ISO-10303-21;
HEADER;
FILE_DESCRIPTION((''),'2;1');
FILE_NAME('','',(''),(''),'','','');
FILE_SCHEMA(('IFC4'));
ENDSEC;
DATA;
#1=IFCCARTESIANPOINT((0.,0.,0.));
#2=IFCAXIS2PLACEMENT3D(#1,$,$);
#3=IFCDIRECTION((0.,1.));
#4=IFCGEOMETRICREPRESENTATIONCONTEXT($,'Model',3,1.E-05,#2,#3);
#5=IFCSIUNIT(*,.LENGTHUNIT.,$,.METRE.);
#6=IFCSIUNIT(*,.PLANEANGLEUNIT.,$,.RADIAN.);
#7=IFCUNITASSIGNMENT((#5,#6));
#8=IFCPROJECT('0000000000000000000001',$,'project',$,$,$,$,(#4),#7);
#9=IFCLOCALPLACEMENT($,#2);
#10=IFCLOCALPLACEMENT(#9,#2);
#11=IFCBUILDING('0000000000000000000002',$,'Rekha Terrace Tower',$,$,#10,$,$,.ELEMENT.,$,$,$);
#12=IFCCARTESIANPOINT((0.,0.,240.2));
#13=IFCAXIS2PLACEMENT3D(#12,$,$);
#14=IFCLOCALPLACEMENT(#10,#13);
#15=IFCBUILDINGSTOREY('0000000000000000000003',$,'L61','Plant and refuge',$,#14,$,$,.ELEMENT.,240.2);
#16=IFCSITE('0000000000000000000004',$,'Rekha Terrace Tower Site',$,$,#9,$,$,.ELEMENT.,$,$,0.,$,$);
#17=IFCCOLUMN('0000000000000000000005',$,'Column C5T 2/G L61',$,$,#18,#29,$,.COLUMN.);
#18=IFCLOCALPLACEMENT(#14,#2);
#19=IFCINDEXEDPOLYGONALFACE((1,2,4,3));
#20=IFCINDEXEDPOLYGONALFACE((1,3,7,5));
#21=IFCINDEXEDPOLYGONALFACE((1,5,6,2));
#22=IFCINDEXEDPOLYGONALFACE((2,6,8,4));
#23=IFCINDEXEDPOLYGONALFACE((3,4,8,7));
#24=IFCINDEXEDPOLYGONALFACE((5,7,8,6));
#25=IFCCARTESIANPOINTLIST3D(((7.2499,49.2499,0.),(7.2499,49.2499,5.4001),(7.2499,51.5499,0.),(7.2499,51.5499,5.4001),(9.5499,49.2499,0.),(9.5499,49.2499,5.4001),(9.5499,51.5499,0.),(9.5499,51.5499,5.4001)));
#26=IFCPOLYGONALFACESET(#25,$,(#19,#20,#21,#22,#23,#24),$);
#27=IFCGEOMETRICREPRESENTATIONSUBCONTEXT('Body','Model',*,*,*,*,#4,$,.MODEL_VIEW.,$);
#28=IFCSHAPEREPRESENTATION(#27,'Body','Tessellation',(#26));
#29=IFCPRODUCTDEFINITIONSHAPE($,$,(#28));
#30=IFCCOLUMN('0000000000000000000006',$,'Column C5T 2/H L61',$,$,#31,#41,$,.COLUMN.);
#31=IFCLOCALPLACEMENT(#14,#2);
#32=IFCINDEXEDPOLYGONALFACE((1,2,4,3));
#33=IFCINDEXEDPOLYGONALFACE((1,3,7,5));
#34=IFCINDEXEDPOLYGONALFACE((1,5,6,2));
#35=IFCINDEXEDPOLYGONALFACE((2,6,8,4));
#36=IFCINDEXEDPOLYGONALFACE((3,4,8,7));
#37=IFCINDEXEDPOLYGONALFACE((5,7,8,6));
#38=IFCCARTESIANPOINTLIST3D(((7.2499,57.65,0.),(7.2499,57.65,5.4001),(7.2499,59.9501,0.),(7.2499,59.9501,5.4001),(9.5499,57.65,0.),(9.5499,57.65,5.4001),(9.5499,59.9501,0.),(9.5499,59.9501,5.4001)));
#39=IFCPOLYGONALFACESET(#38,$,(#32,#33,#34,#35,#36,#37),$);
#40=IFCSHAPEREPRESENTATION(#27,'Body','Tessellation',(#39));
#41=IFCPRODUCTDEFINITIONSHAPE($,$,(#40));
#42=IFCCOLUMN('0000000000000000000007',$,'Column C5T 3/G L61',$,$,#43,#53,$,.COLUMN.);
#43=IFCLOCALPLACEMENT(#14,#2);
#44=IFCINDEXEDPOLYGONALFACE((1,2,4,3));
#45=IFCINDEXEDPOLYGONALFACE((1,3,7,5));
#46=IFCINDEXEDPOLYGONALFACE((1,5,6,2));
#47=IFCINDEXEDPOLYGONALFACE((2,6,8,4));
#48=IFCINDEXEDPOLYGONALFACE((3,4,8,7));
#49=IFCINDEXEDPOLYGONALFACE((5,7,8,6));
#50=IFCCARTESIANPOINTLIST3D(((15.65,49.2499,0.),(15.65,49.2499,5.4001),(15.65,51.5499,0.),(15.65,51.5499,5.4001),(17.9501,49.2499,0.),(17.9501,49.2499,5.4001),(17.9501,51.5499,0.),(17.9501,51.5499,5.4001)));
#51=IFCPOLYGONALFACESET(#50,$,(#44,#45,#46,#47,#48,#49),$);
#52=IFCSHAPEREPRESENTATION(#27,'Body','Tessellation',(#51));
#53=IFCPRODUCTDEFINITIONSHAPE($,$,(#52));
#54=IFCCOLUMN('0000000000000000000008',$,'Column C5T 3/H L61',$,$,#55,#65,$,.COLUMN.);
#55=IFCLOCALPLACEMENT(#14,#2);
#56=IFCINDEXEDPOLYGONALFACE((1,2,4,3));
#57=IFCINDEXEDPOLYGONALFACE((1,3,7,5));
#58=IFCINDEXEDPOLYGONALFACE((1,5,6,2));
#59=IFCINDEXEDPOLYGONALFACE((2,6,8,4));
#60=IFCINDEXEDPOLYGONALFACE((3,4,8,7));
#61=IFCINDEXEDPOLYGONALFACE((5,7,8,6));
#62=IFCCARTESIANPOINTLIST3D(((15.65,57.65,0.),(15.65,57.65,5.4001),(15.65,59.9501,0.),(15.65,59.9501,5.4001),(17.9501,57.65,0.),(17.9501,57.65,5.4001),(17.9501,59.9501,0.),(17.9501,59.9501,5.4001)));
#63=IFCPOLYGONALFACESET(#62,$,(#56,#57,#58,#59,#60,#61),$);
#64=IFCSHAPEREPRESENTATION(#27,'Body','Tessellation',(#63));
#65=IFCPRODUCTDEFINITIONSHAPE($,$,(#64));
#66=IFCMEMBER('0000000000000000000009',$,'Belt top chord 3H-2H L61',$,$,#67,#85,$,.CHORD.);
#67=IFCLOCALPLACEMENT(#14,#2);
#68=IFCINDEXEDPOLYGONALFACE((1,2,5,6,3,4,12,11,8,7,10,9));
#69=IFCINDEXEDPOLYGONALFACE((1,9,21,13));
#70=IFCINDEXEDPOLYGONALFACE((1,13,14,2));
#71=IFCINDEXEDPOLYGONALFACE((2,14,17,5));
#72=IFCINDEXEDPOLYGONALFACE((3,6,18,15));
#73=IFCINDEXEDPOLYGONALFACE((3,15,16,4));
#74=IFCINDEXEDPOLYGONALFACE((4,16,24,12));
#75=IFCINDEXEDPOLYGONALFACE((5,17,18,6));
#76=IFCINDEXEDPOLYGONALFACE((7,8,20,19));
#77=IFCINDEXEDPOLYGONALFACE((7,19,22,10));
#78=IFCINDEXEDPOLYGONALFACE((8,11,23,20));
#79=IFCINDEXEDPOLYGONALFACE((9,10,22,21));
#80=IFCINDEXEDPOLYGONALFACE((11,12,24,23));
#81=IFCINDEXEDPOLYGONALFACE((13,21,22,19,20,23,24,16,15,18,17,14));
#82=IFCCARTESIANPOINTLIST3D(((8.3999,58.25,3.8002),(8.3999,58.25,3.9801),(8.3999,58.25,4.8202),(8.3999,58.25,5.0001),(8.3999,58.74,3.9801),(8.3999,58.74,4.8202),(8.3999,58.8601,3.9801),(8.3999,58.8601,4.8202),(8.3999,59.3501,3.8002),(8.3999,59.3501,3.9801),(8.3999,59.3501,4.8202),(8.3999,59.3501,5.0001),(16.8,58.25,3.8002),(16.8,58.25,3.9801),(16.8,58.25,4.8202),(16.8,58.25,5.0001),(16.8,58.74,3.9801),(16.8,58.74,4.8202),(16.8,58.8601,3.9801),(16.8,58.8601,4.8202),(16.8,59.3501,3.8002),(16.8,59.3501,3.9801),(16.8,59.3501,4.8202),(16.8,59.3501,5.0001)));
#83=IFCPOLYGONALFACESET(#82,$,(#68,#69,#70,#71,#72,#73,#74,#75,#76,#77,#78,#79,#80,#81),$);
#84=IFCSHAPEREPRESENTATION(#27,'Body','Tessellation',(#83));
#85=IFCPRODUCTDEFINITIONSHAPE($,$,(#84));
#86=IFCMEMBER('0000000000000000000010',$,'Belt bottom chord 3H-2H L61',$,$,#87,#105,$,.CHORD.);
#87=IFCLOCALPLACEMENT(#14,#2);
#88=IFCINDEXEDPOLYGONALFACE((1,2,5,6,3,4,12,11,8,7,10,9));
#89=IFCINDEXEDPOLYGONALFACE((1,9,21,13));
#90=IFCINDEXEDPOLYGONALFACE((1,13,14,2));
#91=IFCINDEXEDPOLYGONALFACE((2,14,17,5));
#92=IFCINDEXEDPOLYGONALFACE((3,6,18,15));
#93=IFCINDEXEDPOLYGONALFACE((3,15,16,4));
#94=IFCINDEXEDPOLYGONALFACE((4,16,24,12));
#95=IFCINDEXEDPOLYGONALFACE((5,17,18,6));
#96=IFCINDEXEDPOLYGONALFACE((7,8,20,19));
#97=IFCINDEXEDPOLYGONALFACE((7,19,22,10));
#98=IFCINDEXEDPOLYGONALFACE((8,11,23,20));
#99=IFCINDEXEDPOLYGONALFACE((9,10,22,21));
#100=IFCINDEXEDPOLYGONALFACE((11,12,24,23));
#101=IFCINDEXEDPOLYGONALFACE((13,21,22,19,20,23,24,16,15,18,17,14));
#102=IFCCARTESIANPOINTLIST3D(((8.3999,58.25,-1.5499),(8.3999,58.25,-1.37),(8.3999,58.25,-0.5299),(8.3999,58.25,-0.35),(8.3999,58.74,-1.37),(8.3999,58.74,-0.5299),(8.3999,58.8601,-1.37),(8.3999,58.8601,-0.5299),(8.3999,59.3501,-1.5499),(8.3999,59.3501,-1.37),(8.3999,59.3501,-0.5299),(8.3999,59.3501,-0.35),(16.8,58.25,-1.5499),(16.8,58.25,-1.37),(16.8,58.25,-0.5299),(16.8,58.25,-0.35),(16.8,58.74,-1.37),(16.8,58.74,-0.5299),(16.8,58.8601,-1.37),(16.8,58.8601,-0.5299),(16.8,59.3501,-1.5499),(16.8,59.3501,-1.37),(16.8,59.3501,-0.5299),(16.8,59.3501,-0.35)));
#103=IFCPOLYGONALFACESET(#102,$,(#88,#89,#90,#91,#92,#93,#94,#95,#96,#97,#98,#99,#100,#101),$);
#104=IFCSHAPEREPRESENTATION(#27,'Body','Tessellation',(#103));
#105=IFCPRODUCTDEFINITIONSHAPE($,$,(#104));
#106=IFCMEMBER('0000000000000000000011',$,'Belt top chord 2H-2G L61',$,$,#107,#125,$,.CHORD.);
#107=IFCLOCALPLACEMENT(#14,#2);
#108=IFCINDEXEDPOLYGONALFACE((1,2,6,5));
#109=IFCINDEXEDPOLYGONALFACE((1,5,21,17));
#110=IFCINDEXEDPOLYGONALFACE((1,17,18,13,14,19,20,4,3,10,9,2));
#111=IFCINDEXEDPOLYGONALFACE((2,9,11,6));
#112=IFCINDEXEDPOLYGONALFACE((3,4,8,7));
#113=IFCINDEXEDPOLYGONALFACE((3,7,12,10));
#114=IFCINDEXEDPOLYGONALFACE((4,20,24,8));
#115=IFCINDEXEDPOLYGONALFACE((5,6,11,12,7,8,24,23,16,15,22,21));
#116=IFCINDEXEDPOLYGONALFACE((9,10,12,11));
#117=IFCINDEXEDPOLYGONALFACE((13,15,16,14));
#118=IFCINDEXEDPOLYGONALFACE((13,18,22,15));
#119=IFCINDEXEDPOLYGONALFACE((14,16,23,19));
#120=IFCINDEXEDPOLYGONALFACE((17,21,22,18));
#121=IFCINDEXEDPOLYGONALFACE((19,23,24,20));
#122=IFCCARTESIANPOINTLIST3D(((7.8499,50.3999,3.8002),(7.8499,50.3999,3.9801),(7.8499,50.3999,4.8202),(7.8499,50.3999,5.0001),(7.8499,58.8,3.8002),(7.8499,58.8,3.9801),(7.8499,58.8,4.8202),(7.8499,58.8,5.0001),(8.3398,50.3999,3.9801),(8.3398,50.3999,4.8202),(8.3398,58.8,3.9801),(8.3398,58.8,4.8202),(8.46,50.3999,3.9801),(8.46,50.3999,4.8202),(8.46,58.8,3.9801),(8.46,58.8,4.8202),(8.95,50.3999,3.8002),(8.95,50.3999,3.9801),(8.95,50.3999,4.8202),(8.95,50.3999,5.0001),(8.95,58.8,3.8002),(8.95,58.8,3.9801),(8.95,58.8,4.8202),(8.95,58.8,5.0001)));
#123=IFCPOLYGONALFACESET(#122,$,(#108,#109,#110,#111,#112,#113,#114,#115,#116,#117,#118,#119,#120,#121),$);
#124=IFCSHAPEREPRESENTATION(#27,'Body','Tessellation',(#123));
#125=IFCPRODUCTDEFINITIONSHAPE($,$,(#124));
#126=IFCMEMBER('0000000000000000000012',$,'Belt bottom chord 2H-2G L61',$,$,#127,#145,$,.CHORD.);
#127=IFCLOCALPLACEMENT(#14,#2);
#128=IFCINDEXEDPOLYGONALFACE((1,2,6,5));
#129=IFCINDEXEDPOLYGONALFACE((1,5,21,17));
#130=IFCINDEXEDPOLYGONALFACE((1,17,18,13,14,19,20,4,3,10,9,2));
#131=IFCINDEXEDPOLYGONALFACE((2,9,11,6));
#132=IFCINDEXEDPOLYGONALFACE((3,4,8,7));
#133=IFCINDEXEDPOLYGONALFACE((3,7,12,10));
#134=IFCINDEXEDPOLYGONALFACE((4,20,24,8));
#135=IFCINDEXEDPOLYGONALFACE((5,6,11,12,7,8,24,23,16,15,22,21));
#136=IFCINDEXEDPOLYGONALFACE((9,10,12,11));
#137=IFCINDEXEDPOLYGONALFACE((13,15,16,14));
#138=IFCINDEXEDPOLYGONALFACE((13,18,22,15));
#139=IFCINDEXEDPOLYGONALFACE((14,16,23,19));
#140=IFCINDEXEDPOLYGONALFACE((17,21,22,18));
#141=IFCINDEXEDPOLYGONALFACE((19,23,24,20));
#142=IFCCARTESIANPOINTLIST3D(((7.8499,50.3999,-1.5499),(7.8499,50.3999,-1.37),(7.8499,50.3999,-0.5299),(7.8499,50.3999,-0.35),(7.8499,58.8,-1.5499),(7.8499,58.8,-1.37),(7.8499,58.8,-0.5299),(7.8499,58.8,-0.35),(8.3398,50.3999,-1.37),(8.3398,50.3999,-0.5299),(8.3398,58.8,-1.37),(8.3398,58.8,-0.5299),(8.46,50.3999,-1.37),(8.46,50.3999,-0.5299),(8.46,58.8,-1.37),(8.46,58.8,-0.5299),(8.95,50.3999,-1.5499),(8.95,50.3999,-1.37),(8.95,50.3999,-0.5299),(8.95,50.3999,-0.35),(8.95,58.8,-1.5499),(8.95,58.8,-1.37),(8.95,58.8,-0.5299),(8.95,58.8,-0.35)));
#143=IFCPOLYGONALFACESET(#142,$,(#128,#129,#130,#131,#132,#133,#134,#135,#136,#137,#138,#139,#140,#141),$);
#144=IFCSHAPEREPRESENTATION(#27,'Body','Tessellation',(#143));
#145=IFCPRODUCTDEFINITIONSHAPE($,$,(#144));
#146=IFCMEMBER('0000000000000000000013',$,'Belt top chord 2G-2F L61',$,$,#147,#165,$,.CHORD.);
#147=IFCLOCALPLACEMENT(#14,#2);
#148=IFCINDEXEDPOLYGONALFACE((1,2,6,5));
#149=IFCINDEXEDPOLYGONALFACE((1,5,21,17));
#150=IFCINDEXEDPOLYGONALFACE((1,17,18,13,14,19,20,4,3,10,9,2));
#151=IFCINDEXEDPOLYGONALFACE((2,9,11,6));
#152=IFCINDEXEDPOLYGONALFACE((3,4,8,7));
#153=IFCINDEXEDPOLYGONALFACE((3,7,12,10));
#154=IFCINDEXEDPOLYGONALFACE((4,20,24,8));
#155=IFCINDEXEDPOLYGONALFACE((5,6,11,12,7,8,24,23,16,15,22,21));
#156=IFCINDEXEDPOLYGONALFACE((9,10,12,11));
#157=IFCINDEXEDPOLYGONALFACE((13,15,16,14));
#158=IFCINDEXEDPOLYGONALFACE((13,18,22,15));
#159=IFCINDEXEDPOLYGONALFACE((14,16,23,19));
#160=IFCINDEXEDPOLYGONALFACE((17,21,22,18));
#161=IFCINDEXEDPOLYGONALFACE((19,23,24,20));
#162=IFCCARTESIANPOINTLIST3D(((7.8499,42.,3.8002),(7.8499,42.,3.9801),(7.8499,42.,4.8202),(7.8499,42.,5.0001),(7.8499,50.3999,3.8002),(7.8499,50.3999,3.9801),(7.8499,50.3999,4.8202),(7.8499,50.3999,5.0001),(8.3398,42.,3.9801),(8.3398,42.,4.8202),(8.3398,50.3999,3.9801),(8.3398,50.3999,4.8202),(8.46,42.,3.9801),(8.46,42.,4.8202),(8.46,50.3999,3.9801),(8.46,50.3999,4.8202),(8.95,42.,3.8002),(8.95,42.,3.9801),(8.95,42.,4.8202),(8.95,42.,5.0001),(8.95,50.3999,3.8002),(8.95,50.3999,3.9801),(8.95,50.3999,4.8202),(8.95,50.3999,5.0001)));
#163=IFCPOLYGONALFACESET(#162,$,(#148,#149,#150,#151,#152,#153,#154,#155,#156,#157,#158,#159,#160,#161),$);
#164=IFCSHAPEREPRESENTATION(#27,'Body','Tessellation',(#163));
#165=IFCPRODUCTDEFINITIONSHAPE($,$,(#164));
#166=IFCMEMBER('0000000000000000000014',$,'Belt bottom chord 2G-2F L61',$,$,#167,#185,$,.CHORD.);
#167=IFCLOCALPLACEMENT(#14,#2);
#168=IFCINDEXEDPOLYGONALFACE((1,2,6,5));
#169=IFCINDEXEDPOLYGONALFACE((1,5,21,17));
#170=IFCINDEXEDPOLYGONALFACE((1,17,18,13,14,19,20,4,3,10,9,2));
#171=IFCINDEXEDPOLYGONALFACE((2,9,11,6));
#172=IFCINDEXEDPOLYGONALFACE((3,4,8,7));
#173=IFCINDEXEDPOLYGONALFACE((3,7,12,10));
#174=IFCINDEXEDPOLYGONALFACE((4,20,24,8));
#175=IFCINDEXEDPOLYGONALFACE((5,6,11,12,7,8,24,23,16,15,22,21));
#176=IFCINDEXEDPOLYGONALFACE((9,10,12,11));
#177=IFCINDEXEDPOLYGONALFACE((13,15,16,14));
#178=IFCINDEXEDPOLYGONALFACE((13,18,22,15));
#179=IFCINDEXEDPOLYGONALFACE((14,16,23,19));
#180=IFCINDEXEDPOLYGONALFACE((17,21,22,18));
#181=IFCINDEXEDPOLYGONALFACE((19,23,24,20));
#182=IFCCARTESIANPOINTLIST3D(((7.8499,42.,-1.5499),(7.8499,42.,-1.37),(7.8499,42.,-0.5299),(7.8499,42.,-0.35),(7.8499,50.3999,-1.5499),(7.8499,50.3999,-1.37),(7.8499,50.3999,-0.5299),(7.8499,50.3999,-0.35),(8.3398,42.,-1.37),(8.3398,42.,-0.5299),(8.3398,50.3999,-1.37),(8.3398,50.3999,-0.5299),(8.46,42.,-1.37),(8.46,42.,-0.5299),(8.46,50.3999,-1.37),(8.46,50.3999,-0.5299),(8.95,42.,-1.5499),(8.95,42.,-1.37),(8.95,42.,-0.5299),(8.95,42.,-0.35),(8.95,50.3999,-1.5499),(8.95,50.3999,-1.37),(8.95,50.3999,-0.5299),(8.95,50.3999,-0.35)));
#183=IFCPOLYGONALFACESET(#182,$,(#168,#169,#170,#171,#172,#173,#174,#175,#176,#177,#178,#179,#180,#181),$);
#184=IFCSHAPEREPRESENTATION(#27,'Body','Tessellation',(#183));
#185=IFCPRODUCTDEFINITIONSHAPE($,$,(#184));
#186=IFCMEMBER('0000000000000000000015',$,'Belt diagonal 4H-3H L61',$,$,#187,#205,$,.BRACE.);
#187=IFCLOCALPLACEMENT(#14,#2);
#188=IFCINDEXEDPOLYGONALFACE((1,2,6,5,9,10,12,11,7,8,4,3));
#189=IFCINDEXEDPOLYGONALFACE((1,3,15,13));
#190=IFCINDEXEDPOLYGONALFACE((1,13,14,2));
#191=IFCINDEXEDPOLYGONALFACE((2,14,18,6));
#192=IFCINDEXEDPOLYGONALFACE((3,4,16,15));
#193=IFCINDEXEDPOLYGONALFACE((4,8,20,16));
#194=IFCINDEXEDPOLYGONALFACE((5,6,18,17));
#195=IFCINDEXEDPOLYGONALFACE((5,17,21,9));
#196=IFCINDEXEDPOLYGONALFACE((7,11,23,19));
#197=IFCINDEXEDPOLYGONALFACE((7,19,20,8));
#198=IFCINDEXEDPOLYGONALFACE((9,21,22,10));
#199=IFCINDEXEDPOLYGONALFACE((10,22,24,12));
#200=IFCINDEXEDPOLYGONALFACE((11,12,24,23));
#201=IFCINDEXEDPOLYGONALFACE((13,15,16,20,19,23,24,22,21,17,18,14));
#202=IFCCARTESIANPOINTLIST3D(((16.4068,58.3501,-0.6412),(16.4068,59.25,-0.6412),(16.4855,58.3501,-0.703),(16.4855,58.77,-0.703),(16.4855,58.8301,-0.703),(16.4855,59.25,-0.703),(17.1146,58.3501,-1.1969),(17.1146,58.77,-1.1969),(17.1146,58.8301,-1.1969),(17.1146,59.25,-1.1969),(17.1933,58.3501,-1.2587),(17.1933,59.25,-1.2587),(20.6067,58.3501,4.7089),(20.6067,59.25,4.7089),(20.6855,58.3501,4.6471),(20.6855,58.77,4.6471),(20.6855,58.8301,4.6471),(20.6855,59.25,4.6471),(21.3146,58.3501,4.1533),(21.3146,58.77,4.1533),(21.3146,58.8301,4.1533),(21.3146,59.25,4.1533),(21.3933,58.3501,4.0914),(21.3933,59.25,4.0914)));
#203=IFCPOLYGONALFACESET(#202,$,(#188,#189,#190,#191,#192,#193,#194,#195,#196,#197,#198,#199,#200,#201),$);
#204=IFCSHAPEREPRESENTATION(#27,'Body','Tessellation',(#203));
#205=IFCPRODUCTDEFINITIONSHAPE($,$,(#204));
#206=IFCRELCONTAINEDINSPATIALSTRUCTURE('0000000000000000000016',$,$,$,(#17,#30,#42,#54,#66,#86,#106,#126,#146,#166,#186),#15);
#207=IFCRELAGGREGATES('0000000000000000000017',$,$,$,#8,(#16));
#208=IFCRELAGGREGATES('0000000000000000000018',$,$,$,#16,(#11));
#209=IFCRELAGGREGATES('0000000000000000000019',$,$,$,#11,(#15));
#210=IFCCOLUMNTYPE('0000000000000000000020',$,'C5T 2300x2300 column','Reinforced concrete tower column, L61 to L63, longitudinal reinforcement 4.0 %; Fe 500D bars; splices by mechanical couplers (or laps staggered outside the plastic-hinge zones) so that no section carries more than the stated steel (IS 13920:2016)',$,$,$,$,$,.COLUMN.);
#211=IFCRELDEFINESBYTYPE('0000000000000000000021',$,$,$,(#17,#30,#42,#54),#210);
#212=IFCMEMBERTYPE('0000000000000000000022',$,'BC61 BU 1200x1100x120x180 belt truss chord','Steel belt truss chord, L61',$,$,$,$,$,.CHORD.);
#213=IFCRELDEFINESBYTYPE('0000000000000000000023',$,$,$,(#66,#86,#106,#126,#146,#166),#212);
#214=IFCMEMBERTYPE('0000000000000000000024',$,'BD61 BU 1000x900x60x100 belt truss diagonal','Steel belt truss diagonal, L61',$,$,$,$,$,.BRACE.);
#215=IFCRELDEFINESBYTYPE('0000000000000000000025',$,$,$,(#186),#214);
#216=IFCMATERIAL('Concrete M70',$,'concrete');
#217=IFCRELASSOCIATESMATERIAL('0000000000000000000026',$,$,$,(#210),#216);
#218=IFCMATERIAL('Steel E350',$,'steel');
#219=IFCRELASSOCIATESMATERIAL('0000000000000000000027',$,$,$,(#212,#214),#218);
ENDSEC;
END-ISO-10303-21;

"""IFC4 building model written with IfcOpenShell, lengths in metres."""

from ifc_helpers import new_model, si_unit, direction, frame, origin, origin_2d, place, context, subcontext, project, spatial, rectangle, i_section, extrude, material, material_profile, profile_set, type_object, element, save


model = new_model("IFC4")

# Units and contexts
model_context = context("Model", 3, precision=1e-05, world=origin(), true_north=direction((0.0, 1.0)))
body_context = subcontext(model_context, "Body", "Model", "MODEL_VIEW")
ifc_project = project(units=[si_unit("LENGTHUNIT", "METRE"), si_unit("PLANEANGLEUNIT", "RADIAN")], contexts=[model_context])

# Site, building, storey
site_placement = place(None, origin())
site = spatial("IfcSite", under=ifc_project, at=site_placement, Name="Rekha Terrace Tower Site", CompositionType="ELEMENT", RefElevation=0.0)
building_placement = place(site_placement, origin())
building = spatial("IfcBuilding", under=site, at=building_placement, Name="Rekha Terrace Tower", CompositionType="ELEMENT")
storey_placement = place(building_placement, frame((0.0, 0.0, 240.2)))
storey = spatial("IfcBuildingStorey", under=building, at=storey_placement, Name="L61", Description="Plant and refuge", CompositionType="ELEMENT", Elevation=240.2)

# Columns
ifc_material_1 = material(Name="Concrete M70", Category="concrete")
ifc_material_profile_1 = material_profile(ifc_material_1, rectangle(XDim=2.3, YDim=2.3, at=origin_2d()), Name="RC 2300x2300")
ifc_profile_set_1 = profile_set([ifc_material_profile_1], Name="Concrete M70")
column_type = type_object("IfcColumnType", Name="C5T 2300x2300 column", Description="Reinforced concrete tower column, L61 to L63, longitudinal reinforcement 4.0 %; Fe 500D bars; splices by mechanical couplers (or laps staggered outside the plastic-hinge zones) so that no section carries more than the stated steel (IS 13920:2016)", PredefinedType="COLUMN", material=ifc_profile_set_1)
for number, where, z_axis, x_axis, name in (
    (1, (8.3999, 50.3999, 0.0), (0.0, 0.0, 1.0), (1.0, 0.0, 0.0), "Column C5T 2/G L61"),
    (2, (8.3999, 58.8, 0.0), (0.0, 0.0, 1.0), (1.0, 0.0, 0.0), "Column C5T 2/H L61"),
    (3, (16.8, 50.3999, 0.0), (0.0, 0.0, 1.0), (1.0, 0.0, 0.0), "Column C5T 3/G L61"),
    (4, (16.8, 58.8, 0.0), (0.0, 0.0, 1.0), (1.0, 0.0, 0.0), "Column C5T 3/H L61"),
):
    element("IfcColumn", number, at=place(storey_placement, frame(where, z_axis=z_axis, x_axis=x_axis)), inside=storey, type_object=column_type, Name=name, PredefinedType="COLUMN", context=body_context, shape_type="SweptSolid", body=[
        extrude(rectangle(XDim=2.3, YDim=2.3, at=origin_2d()), origin(), (0.0, 0.0, 1.0), 5.4001),
    ])

# Members
ifc_material_2 = material(Name="Steel E350", Category="steel")
ifc_material_profile_2 = material_profile(ifc_material_2, i_section(OverallWidth=1.1001, OverallDepth=1.2, WebThickness=0.1201, FlangeThickness=0.1799, at=origin_2d()), Name="BU 1200x1100x120x180")
ifc_profile_set_2 = profile_set([ifc_material_profile_2], Name="Steel E350")
member_type_1 = type_object("IfcMemberType", Name="BC61 BU 1200x1100x120x180 belt truss chord", Description="Steel belt truss chord, L61", PredefinedType="CHORD", material=ifc_profile_set_2)
for number, where, z_axis, x_axis, name in (
    (5, (16.8, 58.8, 4.4001), (-1.0, 0.0, 0.0), (0.0, -1.0, 0.0), "Belt top chord 3H-2H L61"),
    (6, (16.8, 58.8, -0.95), (-1.0, 0.0, 0.0), (0.0, -1.0, 0.0), "Belt bottom chord 3H-2H L61"),
    (7, (8.3999, 58.8, 4.4001), (0.0, -1.0, 0.0), (1.0, 0.0, 0.0), "Belt top chord 2H-2G L61"),
    (8, (8.3999, 58.8, -0.95), (0.0, -1.0, 0.0), (1.0, 0.0, 0.0), "Belt bottom chord 2H-2G L61"),
):
    element("IfcMember", number, at=place(storey_placement, frame(where, z_axis=z_axis, x_axis=x_axis)), inside=storey, type_object=member_type_1, Name=name, PredefinedType="CHORD", context=body_context, shape_type="SweptSolid", body=[
        extrude(i_section(OverallWidth=1.1001, OverallDepth=1.2, WebThickness=0.1201, FlangeThickness=0.1799, at=origin_2d()), origin(), (0.0, 0.0, 1.0), 8.4001),
    ])
for number, where, z_axis, x_axis, name in (
    (9, (8.3999, 50.3999, 4.4001), (0.0, -1.0, 0.0), (1.0, 0.0, 0.0), "Belt top chord 2G-2F L61"),
    (10, (8.3999, 50.3999, -0.95), (0.0, -1.0, 0.0), (1.0, 0.0, 0.0), "Belt bottom chord 2G-2F L61"),
):
    element("IfcMember", number, at=place(storey_placement, frame(where, z_axis=z_axis, x_axis=x_axis)), inside=storey, type_object=member_type_1, Name=name, PredefinedType="CHORD", context=body_context, shape_type="SweptSolid", body=[
        extrude(i_section(OverallWidth=1.1001, OverallDepth=1.2, WebThickness=0.1201, FlangeThickness=0.1799, at=origin_2d()), origin(), (0.0, 0.0, 1.0), 8.3999),
    ])
ifc_material_profile_3 = material_profile(ifc_material_2, i_section(OverallWidth=0.8999, OverallDepth=1.0, WebThickness=0.0601, FlangeThickness=0.1001, at=origin_2d()), Name="BU 1000x900x60x100")
ifc_profile_set_3 = profile_set([ifc_material_profile_3], Name="Steel E350")
member_type_2 = type_object("IfcMemberType", Name="BD61 BU 1000x900x60x100 belt truss diagonal", Description="Steel belt truss diagonal, L61", PredefinedType="BRACE", material=ifc_profile_set_3)
for number, where, z_axis, x_axis, name in (
    (11, (16.8, 58.8, -0.95), (0.617485, 0.0, 0.786582), (0.0, 1.0, 0.0), "Belt diagonal 4H-3H L61"),
):
    element("IfcMember", number, at=place(storey_placement, frame(where, z_axis=z_axis, x_axis=x_axis)), inside=storey, type_object=member_type_2, Name=name, PredefinedType="BRACE", context=body_context, shape_type="SweptSolid", body=[
        extrude(i_section(OverallWidth=0.8999, OverallDepth=1.0, WebThickness=0.0601, FlangeThickness=0.1001, at=origin_2d()), origin(), (0.0, 0.0, 1.0), 6.8018),
    ])

save(model, "model.ifc")
